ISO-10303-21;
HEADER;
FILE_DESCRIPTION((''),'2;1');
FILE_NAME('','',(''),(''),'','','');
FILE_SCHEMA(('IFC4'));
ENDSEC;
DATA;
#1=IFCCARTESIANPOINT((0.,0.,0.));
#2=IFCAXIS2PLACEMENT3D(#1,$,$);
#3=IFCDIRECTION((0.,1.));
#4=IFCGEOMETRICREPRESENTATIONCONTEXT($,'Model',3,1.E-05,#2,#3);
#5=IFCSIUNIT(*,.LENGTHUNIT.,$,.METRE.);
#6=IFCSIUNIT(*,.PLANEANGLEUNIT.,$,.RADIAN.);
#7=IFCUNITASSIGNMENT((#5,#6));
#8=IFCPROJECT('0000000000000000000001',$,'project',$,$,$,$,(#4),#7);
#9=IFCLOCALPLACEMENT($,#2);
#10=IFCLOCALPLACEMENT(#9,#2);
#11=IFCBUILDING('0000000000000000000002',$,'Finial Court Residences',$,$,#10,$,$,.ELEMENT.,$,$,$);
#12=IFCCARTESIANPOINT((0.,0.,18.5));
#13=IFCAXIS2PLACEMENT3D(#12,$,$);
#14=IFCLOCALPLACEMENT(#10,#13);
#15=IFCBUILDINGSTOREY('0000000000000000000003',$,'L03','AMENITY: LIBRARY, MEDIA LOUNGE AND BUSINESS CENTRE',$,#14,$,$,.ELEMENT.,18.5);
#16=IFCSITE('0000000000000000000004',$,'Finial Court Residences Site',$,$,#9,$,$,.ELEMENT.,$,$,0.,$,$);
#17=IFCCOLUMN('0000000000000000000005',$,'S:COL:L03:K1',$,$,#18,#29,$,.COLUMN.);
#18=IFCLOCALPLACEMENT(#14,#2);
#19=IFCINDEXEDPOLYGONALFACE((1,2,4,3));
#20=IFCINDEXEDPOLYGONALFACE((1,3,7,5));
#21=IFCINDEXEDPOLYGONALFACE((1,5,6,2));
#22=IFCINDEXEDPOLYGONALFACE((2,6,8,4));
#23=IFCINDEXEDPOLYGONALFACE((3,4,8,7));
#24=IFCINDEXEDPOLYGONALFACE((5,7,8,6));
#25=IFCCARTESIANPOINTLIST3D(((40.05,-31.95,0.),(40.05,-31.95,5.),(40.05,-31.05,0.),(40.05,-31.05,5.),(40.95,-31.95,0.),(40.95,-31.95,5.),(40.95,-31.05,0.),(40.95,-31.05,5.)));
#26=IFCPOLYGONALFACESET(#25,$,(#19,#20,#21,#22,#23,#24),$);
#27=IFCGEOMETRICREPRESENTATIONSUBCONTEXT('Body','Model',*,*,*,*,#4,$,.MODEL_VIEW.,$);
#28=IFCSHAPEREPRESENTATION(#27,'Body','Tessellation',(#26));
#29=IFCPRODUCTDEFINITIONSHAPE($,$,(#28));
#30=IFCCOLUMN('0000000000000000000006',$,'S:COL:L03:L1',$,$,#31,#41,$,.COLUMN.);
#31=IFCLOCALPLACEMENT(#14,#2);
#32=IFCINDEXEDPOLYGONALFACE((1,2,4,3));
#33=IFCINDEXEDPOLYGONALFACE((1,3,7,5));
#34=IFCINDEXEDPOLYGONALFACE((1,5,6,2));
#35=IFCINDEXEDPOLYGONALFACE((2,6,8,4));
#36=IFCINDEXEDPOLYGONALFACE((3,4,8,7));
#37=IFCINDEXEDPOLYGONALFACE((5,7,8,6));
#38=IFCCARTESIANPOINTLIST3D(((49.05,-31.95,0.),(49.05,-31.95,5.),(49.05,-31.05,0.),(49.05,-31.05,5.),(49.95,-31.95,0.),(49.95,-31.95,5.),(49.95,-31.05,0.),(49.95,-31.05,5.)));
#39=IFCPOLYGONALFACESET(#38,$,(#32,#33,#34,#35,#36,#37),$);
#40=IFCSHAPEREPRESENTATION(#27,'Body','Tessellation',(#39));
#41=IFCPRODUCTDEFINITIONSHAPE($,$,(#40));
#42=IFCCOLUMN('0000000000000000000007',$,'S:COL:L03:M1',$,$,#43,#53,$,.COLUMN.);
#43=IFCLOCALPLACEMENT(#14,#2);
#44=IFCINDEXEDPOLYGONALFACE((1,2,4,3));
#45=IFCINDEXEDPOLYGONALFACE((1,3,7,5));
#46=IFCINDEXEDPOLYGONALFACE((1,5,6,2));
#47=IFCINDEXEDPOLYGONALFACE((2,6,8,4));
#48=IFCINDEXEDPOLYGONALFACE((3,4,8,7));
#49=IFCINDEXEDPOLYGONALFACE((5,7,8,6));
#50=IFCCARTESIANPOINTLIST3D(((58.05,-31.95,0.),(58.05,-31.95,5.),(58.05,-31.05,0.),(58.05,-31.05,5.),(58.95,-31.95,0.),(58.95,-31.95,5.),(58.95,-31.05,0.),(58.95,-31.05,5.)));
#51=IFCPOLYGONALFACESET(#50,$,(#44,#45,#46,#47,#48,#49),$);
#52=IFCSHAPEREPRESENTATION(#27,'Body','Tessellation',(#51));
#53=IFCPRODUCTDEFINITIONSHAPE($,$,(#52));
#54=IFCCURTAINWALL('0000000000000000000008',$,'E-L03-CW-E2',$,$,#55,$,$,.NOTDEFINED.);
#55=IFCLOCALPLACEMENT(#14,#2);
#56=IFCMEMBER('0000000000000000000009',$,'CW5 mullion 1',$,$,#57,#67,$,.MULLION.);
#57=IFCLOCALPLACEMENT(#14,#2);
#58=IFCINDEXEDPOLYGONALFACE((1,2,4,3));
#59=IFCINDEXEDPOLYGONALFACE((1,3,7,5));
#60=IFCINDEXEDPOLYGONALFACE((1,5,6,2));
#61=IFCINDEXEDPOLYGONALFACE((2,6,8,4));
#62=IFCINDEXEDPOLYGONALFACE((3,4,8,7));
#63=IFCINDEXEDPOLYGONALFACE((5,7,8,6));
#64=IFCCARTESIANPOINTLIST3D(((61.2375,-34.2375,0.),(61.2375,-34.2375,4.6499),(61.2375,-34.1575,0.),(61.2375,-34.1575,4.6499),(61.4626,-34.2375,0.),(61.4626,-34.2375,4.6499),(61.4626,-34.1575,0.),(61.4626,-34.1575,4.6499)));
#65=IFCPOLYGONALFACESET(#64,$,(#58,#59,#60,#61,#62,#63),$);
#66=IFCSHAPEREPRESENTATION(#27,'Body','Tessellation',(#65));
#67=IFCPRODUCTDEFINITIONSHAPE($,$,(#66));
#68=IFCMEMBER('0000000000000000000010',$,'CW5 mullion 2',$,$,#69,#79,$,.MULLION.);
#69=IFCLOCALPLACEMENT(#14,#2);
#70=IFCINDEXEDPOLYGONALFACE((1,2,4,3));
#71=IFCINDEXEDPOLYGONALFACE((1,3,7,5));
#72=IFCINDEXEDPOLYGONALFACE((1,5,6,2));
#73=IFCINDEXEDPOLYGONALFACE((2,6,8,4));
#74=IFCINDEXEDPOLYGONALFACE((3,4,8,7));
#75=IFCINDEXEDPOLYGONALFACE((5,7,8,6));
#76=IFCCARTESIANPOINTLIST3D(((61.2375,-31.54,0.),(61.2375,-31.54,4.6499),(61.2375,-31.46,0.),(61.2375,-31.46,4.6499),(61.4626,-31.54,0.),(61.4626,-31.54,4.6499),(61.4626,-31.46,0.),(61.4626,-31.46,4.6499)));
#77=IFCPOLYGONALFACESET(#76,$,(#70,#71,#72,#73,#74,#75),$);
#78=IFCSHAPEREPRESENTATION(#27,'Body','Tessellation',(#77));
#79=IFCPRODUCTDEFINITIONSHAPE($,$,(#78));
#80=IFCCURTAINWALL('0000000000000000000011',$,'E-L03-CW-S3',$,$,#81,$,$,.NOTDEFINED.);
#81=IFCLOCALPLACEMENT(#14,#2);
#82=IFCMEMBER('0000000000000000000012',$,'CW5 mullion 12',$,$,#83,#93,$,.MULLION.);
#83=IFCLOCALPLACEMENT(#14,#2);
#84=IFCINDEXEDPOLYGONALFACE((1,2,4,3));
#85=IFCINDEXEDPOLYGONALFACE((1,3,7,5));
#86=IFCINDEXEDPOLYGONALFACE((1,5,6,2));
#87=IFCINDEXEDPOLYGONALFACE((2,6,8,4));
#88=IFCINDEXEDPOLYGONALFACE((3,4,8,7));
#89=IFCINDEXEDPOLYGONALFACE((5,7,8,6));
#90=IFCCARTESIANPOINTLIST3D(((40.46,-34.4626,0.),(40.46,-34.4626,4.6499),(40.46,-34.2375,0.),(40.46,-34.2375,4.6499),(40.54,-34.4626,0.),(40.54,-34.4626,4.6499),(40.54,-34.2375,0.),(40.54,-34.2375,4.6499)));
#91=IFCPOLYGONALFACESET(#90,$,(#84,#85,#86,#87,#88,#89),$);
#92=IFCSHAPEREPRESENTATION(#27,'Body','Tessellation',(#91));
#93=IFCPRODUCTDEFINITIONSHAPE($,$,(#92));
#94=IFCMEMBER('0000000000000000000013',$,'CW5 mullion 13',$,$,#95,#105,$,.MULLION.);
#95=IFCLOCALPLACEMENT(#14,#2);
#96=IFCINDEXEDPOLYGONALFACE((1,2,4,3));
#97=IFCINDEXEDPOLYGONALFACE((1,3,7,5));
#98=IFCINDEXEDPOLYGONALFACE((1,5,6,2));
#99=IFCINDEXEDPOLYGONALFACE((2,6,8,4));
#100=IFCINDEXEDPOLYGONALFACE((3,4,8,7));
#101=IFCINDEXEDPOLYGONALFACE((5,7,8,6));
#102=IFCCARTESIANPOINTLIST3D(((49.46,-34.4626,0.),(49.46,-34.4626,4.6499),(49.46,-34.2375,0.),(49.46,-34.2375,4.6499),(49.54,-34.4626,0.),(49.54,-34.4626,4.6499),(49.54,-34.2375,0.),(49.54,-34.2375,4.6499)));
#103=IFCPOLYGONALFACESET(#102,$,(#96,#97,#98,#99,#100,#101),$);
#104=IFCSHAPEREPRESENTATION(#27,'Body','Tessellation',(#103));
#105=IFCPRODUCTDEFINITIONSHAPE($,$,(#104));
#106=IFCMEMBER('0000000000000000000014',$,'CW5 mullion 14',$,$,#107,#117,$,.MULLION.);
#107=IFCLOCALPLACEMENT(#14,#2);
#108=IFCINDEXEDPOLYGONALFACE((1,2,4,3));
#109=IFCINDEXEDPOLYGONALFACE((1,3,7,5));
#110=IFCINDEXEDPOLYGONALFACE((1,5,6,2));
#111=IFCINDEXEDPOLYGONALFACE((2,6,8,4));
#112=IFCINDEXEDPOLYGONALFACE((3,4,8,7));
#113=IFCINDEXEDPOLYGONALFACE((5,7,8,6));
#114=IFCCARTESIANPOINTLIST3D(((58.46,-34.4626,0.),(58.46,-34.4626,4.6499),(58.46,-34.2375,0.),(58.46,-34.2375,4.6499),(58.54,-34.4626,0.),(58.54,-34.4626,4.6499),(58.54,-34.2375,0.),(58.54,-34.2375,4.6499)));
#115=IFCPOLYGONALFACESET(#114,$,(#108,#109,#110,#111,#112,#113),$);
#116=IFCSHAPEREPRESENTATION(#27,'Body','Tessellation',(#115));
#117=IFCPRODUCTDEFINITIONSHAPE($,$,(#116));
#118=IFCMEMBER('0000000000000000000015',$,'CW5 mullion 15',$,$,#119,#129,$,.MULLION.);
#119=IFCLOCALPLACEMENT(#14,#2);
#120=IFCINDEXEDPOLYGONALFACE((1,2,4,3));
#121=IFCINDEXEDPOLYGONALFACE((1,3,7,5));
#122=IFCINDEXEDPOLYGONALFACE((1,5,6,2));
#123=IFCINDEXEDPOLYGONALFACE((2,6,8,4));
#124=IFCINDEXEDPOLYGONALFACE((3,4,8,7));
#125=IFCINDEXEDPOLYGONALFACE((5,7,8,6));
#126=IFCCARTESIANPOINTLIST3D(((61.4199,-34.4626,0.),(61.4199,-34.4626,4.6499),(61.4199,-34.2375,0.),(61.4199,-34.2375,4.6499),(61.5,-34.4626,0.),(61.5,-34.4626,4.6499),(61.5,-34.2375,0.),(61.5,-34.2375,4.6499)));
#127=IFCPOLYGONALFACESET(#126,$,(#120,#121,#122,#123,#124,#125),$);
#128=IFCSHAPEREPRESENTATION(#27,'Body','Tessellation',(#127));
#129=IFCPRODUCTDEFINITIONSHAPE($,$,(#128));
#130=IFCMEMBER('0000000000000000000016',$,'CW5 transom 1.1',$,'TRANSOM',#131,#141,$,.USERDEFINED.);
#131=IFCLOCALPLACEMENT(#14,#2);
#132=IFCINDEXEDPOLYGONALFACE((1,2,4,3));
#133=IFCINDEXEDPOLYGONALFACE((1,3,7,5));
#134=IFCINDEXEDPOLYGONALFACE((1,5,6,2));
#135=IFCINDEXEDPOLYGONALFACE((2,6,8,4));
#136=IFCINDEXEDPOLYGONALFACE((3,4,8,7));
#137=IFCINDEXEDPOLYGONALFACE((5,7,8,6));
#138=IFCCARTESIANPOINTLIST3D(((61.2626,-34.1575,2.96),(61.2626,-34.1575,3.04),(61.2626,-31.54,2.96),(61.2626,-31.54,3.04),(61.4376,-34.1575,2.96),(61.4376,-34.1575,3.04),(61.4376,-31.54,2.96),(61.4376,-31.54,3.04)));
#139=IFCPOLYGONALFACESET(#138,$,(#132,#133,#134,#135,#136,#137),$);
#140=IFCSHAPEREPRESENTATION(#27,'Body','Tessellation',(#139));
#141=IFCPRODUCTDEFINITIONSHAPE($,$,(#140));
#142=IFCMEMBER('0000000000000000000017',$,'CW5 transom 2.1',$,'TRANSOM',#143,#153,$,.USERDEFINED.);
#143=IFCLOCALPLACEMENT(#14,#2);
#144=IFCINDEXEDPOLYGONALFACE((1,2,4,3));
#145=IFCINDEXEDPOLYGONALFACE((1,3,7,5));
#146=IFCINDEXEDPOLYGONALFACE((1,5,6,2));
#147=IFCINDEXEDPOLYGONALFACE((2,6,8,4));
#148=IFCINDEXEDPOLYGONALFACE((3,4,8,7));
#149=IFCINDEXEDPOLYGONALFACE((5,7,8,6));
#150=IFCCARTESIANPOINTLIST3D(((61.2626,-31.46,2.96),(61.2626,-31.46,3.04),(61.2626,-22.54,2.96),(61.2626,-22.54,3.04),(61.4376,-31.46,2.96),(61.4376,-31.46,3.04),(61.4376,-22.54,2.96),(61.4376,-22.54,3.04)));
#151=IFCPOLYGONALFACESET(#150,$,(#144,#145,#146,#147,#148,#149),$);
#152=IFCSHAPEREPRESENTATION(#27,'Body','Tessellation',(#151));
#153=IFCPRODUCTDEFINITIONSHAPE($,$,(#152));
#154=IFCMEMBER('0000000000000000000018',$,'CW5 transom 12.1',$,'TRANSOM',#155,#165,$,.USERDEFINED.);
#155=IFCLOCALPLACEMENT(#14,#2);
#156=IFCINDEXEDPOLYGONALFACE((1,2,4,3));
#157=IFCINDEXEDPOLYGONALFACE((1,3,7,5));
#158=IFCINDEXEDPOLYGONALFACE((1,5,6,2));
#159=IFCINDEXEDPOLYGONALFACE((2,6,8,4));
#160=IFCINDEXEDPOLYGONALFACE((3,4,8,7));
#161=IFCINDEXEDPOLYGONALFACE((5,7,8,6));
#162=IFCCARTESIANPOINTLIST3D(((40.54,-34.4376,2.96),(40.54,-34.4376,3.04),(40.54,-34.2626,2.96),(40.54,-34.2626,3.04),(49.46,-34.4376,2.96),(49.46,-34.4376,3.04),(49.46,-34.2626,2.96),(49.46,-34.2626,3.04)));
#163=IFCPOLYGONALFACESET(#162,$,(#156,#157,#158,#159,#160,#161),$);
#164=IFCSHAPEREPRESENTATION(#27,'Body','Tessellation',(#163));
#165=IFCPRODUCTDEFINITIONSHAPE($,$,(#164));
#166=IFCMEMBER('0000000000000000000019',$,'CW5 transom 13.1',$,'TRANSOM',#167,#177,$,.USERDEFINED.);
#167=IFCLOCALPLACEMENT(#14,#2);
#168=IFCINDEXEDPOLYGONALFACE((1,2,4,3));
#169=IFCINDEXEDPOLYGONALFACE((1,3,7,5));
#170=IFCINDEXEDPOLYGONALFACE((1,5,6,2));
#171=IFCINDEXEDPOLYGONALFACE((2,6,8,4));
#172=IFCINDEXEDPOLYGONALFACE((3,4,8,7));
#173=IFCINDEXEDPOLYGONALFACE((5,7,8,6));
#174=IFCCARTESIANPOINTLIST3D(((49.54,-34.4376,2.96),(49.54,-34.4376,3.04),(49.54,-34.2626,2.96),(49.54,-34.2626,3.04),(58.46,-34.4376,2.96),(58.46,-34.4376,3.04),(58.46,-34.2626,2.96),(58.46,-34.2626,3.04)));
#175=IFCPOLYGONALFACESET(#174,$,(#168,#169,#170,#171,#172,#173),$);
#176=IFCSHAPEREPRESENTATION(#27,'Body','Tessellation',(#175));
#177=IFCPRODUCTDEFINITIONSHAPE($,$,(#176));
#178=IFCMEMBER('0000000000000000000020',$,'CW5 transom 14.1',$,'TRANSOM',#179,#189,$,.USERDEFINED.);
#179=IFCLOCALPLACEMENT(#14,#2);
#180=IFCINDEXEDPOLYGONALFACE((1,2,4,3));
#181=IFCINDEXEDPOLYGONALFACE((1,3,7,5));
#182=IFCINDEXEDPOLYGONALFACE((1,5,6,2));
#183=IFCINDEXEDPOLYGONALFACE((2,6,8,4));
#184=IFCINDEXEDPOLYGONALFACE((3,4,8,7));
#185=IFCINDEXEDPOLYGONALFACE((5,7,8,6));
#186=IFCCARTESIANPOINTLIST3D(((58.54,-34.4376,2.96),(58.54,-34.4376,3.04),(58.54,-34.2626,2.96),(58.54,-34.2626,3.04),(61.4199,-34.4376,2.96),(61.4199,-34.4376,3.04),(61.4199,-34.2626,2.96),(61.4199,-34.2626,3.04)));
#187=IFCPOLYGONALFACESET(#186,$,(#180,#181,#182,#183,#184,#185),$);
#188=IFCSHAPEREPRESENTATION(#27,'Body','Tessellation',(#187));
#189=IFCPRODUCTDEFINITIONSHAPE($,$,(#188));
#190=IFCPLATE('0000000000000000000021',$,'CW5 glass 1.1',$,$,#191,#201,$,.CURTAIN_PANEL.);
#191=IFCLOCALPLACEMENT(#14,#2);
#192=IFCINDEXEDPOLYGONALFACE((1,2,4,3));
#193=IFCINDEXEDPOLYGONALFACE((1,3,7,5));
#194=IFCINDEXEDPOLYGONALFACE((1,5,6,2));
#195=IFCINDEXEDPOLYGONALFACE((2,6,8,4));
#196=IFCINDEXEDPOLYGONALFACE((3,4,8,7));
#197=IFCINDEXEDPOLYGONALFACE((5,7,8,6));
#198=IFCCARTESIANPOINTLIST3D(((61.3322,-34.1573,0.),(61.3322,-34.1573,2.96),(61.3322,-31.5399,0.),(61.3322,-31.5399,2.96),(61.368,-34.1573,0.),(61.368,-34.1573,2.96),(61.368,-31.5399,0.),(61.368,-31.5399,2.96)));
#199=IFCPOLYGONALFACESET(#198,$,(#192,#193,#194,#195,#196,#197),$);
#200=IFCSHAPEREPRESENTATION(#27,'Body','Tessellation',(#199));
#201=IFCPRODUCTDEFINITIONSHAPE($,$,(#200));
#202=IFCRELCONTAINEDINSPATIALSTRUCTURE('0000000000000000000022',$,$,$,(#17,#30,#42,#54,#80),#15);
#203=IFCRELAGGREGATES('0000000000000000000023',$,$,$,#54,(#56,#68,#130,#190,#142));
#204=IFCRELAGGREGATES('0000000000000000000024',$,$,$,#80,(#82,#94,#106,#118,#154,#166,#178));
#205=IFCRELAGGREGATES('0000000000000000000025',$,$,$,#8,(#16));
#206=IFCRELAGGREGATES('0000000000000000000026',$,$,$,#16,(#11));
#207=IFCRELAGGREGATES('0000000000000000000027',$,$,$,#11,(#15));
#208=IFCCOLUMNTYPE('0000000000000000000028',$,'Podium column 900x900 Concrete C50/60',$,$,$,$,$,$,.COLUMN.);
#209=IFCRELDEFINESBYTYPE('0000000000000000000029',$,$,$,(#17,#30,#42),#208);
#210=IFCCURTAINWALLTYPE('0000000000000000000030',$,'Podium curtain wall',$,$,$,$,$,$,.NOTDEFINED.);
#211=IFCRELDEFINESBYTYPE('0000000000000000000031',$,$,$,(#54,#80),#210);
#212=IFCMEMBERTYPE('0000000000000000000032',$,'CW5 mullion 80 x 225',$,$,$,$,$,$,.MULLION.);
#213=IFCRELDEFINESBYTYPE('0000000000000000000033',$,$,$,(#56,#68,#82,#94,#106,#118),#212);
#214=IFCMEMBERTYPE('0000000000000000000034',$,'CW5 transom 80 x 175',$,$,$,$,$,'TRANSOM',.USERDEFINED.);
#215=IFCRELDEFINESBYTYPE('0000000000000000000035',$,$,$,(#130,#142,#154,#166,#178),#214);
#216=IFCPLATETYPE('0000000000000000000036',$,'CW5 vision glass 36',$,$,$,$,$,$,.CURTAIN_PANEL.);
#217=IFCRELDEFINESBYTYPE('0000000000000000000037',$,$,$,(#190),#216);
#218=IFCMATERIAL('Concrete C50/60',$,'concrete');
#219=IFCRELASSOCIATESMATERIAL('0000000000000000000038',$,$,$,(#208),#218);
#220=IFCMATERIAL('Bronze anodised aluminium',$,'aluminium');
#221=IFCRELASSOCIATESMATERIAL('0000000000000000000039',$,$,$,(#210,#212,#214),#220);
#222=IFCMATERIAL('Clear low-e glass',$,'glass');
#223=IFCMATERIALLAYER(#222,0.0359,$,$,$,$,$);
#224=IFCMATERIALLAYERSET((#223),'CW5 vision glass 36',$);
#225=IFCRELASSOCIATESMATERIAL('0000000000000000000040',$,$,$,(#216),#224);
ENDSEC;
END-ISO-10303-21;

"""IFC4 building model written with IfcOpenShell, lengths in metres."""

from ifc_helpers import new_model, si_unit, direction, frame, origin, origin_2d, place, context, subcontext, project, spatial, rectangle, extrude, material, layer, layer_set, material_profile, profile_set, type_object, element, aggregate, save


model = new_model("IFC4")

# Units and contexts
model_context = context("Model", 3, precision=1e-05, world=origin(), true_north=direction((0.0, 1.0)))
body_context = subcontext(model_context, "Body", "Model", "MODEL_VIEW")
ifc_project = project(units=[si_unit("LENGTHUNIT", "METRE"), si_unit("PLANEANGLEUNIT", "RADIAN")], contexts=[model_context])

# Site, building, storey
site_placement = place(None, origin())
site = spatial("IfcSite", under=ifc_project, at=site_placement, Name="Finial Court Residences Site", CompositionType="ELEMENT", RefElevation=0.0)
building_placement = place(site_placement, origin())
building = spatial("IfcBuilding", under=site, at=building_placement, Name="Finial Court Residences", CompositionType="ELEMENT")
storey_placement = place(building_placement, frame((0.0, 0.0, 18.5)))
storey = spatial("IfcBuildingStorey", under=building, at=storey_placement, Name="L03", Description="AMENITY: LIBRARY, MEDIA LOUNGE AND BUSINESS CENTRE", CompositionType="ELEMENT", Elevation=18.5)

# Columns
ifc_material_1 = material(Name="Concrete C50/60", Category="concrete")
ifc_material_profile_1 = material_profile(ifc_material_1, rectangle(XDim=0.8999, YDim=0.8999, at=origin_2d()), Name="900x900")
ifc_profile_set_1 = profile_set([ifc_material_profile_1], Name="Concrete C50/60")
column_type = type_object("IfcColumnType", Name="Podium column 900x900 Concrete C50/60", PredefinedType="COLUMN", material=ifc_profile_set_1)
for number, where, z_axis, x_axis, name in (
    (1, (40.5, -31.5, 0.0), (0.0, 0.0, 1.0), (1.0, 0.0, 0.0), "S:COL:L03:K1"),
    (2, (49.5, -31.5, 0.0), (0.0, 0.0, 1.0), (1.0, 0.0, 0.0), "S:COL:L03:L1"),
    (3, (58.5, -31.5, 0.0), (0.0, 0.0, 1.0), (1.0, 0.0, 0.0), "S:COL:L03:M1"),
):
    element("IfcColumn", number, at=place(storey_placement, frame(where, z_axis=z_axis, x_axis=x_axis)), inside=storey, type_object=column_type, Name=name, PredefinedType="COLUMN", context=body_context, shape_type="SweptSolid", body=[
        extrude(rectangle(XDim=0.8999, YDim=0.8999, at=origin_2d()), origin(), (0.0, 0.0, 1.0), 5.0),
    ])

# Curtain walls, members
ifc_material_2 = material(Name="Bronze anodised aluminium", Category="aluminium")
curtain_wall_type = type_object("IfcCurtainWallType", Name="Podium curtain wall", PredefinedType="NOTDEFINED", material=ifc_material_2)
curtain_wall_1_placement = place(storey_placement, origin())
curtain_wall_1 = element("IfcCurtainWall", 4, at=curtain_wall_1_placement, inside=storey, type_object=curtain_wall_type, Name="E-L03-CW-E2", PredefinedType="NOTDEFINED")
ifc_material_profile_2 = material_profile(ifc_material_2, rectangle(XDim=0.2251, YDim=0.0801, at=origin_2d()), Name="CW5 mullion 80 x 225")
ifc_profile_set_2 = profile_set([ifc_material_profile_2], Name="Bronze anodised aluminium")
member_type_1 = type_object("IfcMemberType", Name="CW5 mullion 80 x 225", PredefinedType="MULLION", material=ifc_profile_set_2)
member_1_placement = place(storey_placement, frame((61.3501, -34.1975, 0.0), z_axis=(0.0, 0.0, 1.0), x_axis=(-1.0, 0.0, 0.0)))
member_1 = element("IfcMember", 5, at=member_1_placement, type_object=member_type_1, Name="CW5 mullion 1", PredefinedType="MULLION", context=body_context, shape_type="SweptSolid", body=[
    extrude(rectangle(XDim=0.2251, YDim=0.0801, at=origin_2d()), origin(), (0.0, 0.0, 1.0), 4.6499),
])
member_2_placement = place(storey_placement, frame((61.3501, -31.5, 0.0), z_axis=(0.0, 0.0, 1.0), x_axis=(-1.0, 0.0, 0.0)))
member_2 = element("IfcMember", 6, at=member_2_placement, type_object=member_type_1, Name="CW5 mullion 2", PredefinedType="MULLION", context=body_context, shape_type="SweptSolid", body=[
    extrude(rectangle(XDim=0.2251, YDim=0.0801, at=origin_2d()), origin(), (0.0, 0.0, 1.0), 4.6499),
])
curtain_wall_2_placement = place(storey_placement, origin())
curtain_wall_2 = element("IfcCurtainWall", 7, at=curtain_wall_2_placement, inside=storey, type_object=curtain_wall_type, Name="E-L03-CW-S3", PredefinedType="NOTDEFINED")
member_3_placement = place(storey_placement, frame((40.5, -34.3501, 0.0), z_axis=(0.0, 0.0, 1.0), x_axis=(0.0, 1.0, 0.0)))
member_3 = element("IfcMember", 8, at=member_3_placement, type_object=member_type_1, Name="CW5 mullion 12", PredefinedType="MULLION", context=body_context, shape_type="SweptSolid", body=[
    extrude(rectangle(XDim=0.2251, YDim=0.0801, at=origin_2d()), origin(), (0.0, 0.0, 1.0), 4.6499),
])
member_4_placement = place(storey_placement, frame((49.5, -34.3501, 0.0), z_axis=(0.0, 0.0, 1.0), x_axis=(0.0, 1.0, 0.0)))
member_4 = element("IfcMember", 9, at=member_4_placement, type_object=member_type_1, Name="CW5 mullion 13", PredefinedType="MULLION", context=body_context, shape_type="SweptSolid", body=[
    extrude(rectangle(XDim=0.2251, YDim=0.0801, at=origin_2d()), origin(), (0.0, 0.0, 1.0), 4.6499),
])
member_5_placement = place(storey_placement, frame((58.5, -34.3501, 0.0), z_axis=(0.0, 0.0, 1.0), x_axis=(0.0, 1.0, 0.0)))
member_5 = element("IfcMember", 10, at=member_5_placement, type_object=member_type_1, Name="CW5 mullion 14", PredefinedType="MULLION", context=body_context, shape_type="SweptSolid", body=[
    extrude(rectangle(XDim=0.2251, YDim=0.0801, at=origin_2d()), origin(), (0.0, 0.0, 1.0), 4.6499),
])
member_6_placement = place(storey_placement, frame((61.46, -34.3501, 0.0), z_axis=(0.0, 0.0, 1.0), x_axis=(0.0, 1.0, 0.0)))
member_6 = element("IfcMember", 11, at=member_6_placement, type_object=member_type_1, Name="CW5 mullion 15", PredefinedType="MULLION", context=body_context, shape_type="SweptSolid", body=[
    extrude(rectangle(XDim=0.2251, YDim=0.0801, at=origin_2d()), origin(), (0.0, 0.0, 1.0), 4.6499),
])

# Members
ifc_material_profile_3 = material_profile(ifc_material_2, rectangle(XDim=0.175, YDim=0.0801, at=origin_2d()), Name="CW5 transom 80 x 175")
ifc_profile_set_3 = profile_set([ifc_material_profile_3], Name="Bronze anodised aluminium")
member_type_2 = type_object("IfcMemberType", Name="CW5 transom 80 x 175", ElementType="TRANSOM", PredefinedType="USERDEFINED", material=ifc_profile_set_3)
member_7_placement = place(storey_placement, frame((61.3501, -34.1575, 3.0), z_axis=(0.0, 1.0, 0.0), x_axis=(-1.0, 0.0, 0.0)))
member_7 = element("IfcMember", 12, at=member_7_placement, type_object=member_type_2, Name="CW5 transom 1.1", ObjectType="TRANSOM", PredefinedType="USERDEFINED", context=body_context, shape_type="SweptSolid", body=[
    extrude(rectangle(XDim=0.175, YDim=0.0801, at=origin_2d()), origin(), (0.0, 0.0, 1.0), 2.6174),
])
member_8_placement = place(storey_placement, frame((61.3501, -31.46, 3.0), z_axis=(0.0, 1.0, 0.0), x_axis=(-1.0, 0.0, 0.0)))
member_8 = element("IfcMember", 13, at=member_8_placement, type_object=member_type_2, Name="CW5 transom 2.1", ObjectType="TRANSOM", PredefinedType="USERDEFINED", context=body_context, shape_type="SweptSolid", body=[
    extrude(rectangle(XDim=0.175, YDim=0.0801, at=origin_2d()), origin(), (0.0, 0.0, 1.0), 8.9199),
])
member_9_placement = place(storey_placement, frame((40.54, -34.3501, 3.0), z_axis=(1.0, 0.0, 0.0), x_axis=(0.0, 1.0, 0.0)))
member_9 = element("IfcMember", 14, at=member_9_placement, type_object=member_type_2, Name="CW5 transom 12.1", ObjectType="TRANSOM", PredefinedType="USERDEFINED", context=body_context, shape_type="SweptSolid", body=[
    extrude(rectangle(XDim=0.175, YDim=0.0801, at=origin_2d()), origin(), (0.0, 0.0, 1.0), 8.9199),
])
member_10_placement = place(storey_placement, frame((49.54, -34.3501, 3.0), z_axis=(1.0, 0.0, 0.0), x_axis=(0.0, 1.0, 0.0)))
member_10 = element("IfcMember", 15, at=member_10_placement, type_object=member_type_2, Name="CW5 transom 13.1", ObjectType="TRANSOM", PredefinedType="USERDEFINED", context=body_context, shape_type="SweptSolid", body=[
    extrude(rectangle(XDim=0.175, YDim=0.0801, at=origin_2d()), origin(), (0.0, 0.0, 1.0), 8.9199),
])
member_11_placement = place(storey_placement, frame((58.54, -34.3501, 3.0), z_axis=(1.0, 0.0, 0.0), x_axis=(0.0, 1.0, 0.0)))
member_11 = element("IfcMember", 16, at=member_11_placement, type_object=member_type_2, Name="CW5 transom 14.1", ObjectType="TRANSOM", PredefinedType="USERDEFINED", context=body_context, shape_type="SweptSolid", body=[
    extrude(rectangle(XDim=0.175, YDim=0.0801, at=origin_2d()), origin(), (0.0, 0.0, 1.0), 2.8799),
])

# Plate
ifc_material_3 = material(Name="Clear low-e glass", Category="glass")
ifc_layer_1 = layer(ifc_material_3, 0.0359)
ifc_layer_set_1 = layer_set([ifc_layer_1], Name="CW5 vision glass 36")
plate_type = type_object("IfcPlateType", Name="CW5 vision glass 36", PredefinedType="CURTAIN_PANEL", material=ifc_layer_set_1)
plate_1_placement = place(storey_placement, frame((61.3501, -32.8486, 0.0), z_axis=(0.0, 0.0, 1.0), x_axis=(0.0, 1.0, 0.0)))
plate_1 = element("IfcPlate", 17, at=plate_1_placement, type_object=plate_type, Name="CW5 glass 1.1", PredefinedType="CURTAIN_PANEL", context=body_context, shape_type="SweptSolid", body=[
    extrude(rectangle(XDim=2.6174, YDim=0.0359, at=origin_2d()), origin(), (0.0, 0.0, 1.0), 2.96),
])
aggregate(curtain_wall_1, [member_1, member_2, member_7, plate_1, member_8])
aggregate(curtain_wall_2, [member_3, member_4, member_5, member_6, member_9, member_10, member_11])

save(model, "model.ifc")
